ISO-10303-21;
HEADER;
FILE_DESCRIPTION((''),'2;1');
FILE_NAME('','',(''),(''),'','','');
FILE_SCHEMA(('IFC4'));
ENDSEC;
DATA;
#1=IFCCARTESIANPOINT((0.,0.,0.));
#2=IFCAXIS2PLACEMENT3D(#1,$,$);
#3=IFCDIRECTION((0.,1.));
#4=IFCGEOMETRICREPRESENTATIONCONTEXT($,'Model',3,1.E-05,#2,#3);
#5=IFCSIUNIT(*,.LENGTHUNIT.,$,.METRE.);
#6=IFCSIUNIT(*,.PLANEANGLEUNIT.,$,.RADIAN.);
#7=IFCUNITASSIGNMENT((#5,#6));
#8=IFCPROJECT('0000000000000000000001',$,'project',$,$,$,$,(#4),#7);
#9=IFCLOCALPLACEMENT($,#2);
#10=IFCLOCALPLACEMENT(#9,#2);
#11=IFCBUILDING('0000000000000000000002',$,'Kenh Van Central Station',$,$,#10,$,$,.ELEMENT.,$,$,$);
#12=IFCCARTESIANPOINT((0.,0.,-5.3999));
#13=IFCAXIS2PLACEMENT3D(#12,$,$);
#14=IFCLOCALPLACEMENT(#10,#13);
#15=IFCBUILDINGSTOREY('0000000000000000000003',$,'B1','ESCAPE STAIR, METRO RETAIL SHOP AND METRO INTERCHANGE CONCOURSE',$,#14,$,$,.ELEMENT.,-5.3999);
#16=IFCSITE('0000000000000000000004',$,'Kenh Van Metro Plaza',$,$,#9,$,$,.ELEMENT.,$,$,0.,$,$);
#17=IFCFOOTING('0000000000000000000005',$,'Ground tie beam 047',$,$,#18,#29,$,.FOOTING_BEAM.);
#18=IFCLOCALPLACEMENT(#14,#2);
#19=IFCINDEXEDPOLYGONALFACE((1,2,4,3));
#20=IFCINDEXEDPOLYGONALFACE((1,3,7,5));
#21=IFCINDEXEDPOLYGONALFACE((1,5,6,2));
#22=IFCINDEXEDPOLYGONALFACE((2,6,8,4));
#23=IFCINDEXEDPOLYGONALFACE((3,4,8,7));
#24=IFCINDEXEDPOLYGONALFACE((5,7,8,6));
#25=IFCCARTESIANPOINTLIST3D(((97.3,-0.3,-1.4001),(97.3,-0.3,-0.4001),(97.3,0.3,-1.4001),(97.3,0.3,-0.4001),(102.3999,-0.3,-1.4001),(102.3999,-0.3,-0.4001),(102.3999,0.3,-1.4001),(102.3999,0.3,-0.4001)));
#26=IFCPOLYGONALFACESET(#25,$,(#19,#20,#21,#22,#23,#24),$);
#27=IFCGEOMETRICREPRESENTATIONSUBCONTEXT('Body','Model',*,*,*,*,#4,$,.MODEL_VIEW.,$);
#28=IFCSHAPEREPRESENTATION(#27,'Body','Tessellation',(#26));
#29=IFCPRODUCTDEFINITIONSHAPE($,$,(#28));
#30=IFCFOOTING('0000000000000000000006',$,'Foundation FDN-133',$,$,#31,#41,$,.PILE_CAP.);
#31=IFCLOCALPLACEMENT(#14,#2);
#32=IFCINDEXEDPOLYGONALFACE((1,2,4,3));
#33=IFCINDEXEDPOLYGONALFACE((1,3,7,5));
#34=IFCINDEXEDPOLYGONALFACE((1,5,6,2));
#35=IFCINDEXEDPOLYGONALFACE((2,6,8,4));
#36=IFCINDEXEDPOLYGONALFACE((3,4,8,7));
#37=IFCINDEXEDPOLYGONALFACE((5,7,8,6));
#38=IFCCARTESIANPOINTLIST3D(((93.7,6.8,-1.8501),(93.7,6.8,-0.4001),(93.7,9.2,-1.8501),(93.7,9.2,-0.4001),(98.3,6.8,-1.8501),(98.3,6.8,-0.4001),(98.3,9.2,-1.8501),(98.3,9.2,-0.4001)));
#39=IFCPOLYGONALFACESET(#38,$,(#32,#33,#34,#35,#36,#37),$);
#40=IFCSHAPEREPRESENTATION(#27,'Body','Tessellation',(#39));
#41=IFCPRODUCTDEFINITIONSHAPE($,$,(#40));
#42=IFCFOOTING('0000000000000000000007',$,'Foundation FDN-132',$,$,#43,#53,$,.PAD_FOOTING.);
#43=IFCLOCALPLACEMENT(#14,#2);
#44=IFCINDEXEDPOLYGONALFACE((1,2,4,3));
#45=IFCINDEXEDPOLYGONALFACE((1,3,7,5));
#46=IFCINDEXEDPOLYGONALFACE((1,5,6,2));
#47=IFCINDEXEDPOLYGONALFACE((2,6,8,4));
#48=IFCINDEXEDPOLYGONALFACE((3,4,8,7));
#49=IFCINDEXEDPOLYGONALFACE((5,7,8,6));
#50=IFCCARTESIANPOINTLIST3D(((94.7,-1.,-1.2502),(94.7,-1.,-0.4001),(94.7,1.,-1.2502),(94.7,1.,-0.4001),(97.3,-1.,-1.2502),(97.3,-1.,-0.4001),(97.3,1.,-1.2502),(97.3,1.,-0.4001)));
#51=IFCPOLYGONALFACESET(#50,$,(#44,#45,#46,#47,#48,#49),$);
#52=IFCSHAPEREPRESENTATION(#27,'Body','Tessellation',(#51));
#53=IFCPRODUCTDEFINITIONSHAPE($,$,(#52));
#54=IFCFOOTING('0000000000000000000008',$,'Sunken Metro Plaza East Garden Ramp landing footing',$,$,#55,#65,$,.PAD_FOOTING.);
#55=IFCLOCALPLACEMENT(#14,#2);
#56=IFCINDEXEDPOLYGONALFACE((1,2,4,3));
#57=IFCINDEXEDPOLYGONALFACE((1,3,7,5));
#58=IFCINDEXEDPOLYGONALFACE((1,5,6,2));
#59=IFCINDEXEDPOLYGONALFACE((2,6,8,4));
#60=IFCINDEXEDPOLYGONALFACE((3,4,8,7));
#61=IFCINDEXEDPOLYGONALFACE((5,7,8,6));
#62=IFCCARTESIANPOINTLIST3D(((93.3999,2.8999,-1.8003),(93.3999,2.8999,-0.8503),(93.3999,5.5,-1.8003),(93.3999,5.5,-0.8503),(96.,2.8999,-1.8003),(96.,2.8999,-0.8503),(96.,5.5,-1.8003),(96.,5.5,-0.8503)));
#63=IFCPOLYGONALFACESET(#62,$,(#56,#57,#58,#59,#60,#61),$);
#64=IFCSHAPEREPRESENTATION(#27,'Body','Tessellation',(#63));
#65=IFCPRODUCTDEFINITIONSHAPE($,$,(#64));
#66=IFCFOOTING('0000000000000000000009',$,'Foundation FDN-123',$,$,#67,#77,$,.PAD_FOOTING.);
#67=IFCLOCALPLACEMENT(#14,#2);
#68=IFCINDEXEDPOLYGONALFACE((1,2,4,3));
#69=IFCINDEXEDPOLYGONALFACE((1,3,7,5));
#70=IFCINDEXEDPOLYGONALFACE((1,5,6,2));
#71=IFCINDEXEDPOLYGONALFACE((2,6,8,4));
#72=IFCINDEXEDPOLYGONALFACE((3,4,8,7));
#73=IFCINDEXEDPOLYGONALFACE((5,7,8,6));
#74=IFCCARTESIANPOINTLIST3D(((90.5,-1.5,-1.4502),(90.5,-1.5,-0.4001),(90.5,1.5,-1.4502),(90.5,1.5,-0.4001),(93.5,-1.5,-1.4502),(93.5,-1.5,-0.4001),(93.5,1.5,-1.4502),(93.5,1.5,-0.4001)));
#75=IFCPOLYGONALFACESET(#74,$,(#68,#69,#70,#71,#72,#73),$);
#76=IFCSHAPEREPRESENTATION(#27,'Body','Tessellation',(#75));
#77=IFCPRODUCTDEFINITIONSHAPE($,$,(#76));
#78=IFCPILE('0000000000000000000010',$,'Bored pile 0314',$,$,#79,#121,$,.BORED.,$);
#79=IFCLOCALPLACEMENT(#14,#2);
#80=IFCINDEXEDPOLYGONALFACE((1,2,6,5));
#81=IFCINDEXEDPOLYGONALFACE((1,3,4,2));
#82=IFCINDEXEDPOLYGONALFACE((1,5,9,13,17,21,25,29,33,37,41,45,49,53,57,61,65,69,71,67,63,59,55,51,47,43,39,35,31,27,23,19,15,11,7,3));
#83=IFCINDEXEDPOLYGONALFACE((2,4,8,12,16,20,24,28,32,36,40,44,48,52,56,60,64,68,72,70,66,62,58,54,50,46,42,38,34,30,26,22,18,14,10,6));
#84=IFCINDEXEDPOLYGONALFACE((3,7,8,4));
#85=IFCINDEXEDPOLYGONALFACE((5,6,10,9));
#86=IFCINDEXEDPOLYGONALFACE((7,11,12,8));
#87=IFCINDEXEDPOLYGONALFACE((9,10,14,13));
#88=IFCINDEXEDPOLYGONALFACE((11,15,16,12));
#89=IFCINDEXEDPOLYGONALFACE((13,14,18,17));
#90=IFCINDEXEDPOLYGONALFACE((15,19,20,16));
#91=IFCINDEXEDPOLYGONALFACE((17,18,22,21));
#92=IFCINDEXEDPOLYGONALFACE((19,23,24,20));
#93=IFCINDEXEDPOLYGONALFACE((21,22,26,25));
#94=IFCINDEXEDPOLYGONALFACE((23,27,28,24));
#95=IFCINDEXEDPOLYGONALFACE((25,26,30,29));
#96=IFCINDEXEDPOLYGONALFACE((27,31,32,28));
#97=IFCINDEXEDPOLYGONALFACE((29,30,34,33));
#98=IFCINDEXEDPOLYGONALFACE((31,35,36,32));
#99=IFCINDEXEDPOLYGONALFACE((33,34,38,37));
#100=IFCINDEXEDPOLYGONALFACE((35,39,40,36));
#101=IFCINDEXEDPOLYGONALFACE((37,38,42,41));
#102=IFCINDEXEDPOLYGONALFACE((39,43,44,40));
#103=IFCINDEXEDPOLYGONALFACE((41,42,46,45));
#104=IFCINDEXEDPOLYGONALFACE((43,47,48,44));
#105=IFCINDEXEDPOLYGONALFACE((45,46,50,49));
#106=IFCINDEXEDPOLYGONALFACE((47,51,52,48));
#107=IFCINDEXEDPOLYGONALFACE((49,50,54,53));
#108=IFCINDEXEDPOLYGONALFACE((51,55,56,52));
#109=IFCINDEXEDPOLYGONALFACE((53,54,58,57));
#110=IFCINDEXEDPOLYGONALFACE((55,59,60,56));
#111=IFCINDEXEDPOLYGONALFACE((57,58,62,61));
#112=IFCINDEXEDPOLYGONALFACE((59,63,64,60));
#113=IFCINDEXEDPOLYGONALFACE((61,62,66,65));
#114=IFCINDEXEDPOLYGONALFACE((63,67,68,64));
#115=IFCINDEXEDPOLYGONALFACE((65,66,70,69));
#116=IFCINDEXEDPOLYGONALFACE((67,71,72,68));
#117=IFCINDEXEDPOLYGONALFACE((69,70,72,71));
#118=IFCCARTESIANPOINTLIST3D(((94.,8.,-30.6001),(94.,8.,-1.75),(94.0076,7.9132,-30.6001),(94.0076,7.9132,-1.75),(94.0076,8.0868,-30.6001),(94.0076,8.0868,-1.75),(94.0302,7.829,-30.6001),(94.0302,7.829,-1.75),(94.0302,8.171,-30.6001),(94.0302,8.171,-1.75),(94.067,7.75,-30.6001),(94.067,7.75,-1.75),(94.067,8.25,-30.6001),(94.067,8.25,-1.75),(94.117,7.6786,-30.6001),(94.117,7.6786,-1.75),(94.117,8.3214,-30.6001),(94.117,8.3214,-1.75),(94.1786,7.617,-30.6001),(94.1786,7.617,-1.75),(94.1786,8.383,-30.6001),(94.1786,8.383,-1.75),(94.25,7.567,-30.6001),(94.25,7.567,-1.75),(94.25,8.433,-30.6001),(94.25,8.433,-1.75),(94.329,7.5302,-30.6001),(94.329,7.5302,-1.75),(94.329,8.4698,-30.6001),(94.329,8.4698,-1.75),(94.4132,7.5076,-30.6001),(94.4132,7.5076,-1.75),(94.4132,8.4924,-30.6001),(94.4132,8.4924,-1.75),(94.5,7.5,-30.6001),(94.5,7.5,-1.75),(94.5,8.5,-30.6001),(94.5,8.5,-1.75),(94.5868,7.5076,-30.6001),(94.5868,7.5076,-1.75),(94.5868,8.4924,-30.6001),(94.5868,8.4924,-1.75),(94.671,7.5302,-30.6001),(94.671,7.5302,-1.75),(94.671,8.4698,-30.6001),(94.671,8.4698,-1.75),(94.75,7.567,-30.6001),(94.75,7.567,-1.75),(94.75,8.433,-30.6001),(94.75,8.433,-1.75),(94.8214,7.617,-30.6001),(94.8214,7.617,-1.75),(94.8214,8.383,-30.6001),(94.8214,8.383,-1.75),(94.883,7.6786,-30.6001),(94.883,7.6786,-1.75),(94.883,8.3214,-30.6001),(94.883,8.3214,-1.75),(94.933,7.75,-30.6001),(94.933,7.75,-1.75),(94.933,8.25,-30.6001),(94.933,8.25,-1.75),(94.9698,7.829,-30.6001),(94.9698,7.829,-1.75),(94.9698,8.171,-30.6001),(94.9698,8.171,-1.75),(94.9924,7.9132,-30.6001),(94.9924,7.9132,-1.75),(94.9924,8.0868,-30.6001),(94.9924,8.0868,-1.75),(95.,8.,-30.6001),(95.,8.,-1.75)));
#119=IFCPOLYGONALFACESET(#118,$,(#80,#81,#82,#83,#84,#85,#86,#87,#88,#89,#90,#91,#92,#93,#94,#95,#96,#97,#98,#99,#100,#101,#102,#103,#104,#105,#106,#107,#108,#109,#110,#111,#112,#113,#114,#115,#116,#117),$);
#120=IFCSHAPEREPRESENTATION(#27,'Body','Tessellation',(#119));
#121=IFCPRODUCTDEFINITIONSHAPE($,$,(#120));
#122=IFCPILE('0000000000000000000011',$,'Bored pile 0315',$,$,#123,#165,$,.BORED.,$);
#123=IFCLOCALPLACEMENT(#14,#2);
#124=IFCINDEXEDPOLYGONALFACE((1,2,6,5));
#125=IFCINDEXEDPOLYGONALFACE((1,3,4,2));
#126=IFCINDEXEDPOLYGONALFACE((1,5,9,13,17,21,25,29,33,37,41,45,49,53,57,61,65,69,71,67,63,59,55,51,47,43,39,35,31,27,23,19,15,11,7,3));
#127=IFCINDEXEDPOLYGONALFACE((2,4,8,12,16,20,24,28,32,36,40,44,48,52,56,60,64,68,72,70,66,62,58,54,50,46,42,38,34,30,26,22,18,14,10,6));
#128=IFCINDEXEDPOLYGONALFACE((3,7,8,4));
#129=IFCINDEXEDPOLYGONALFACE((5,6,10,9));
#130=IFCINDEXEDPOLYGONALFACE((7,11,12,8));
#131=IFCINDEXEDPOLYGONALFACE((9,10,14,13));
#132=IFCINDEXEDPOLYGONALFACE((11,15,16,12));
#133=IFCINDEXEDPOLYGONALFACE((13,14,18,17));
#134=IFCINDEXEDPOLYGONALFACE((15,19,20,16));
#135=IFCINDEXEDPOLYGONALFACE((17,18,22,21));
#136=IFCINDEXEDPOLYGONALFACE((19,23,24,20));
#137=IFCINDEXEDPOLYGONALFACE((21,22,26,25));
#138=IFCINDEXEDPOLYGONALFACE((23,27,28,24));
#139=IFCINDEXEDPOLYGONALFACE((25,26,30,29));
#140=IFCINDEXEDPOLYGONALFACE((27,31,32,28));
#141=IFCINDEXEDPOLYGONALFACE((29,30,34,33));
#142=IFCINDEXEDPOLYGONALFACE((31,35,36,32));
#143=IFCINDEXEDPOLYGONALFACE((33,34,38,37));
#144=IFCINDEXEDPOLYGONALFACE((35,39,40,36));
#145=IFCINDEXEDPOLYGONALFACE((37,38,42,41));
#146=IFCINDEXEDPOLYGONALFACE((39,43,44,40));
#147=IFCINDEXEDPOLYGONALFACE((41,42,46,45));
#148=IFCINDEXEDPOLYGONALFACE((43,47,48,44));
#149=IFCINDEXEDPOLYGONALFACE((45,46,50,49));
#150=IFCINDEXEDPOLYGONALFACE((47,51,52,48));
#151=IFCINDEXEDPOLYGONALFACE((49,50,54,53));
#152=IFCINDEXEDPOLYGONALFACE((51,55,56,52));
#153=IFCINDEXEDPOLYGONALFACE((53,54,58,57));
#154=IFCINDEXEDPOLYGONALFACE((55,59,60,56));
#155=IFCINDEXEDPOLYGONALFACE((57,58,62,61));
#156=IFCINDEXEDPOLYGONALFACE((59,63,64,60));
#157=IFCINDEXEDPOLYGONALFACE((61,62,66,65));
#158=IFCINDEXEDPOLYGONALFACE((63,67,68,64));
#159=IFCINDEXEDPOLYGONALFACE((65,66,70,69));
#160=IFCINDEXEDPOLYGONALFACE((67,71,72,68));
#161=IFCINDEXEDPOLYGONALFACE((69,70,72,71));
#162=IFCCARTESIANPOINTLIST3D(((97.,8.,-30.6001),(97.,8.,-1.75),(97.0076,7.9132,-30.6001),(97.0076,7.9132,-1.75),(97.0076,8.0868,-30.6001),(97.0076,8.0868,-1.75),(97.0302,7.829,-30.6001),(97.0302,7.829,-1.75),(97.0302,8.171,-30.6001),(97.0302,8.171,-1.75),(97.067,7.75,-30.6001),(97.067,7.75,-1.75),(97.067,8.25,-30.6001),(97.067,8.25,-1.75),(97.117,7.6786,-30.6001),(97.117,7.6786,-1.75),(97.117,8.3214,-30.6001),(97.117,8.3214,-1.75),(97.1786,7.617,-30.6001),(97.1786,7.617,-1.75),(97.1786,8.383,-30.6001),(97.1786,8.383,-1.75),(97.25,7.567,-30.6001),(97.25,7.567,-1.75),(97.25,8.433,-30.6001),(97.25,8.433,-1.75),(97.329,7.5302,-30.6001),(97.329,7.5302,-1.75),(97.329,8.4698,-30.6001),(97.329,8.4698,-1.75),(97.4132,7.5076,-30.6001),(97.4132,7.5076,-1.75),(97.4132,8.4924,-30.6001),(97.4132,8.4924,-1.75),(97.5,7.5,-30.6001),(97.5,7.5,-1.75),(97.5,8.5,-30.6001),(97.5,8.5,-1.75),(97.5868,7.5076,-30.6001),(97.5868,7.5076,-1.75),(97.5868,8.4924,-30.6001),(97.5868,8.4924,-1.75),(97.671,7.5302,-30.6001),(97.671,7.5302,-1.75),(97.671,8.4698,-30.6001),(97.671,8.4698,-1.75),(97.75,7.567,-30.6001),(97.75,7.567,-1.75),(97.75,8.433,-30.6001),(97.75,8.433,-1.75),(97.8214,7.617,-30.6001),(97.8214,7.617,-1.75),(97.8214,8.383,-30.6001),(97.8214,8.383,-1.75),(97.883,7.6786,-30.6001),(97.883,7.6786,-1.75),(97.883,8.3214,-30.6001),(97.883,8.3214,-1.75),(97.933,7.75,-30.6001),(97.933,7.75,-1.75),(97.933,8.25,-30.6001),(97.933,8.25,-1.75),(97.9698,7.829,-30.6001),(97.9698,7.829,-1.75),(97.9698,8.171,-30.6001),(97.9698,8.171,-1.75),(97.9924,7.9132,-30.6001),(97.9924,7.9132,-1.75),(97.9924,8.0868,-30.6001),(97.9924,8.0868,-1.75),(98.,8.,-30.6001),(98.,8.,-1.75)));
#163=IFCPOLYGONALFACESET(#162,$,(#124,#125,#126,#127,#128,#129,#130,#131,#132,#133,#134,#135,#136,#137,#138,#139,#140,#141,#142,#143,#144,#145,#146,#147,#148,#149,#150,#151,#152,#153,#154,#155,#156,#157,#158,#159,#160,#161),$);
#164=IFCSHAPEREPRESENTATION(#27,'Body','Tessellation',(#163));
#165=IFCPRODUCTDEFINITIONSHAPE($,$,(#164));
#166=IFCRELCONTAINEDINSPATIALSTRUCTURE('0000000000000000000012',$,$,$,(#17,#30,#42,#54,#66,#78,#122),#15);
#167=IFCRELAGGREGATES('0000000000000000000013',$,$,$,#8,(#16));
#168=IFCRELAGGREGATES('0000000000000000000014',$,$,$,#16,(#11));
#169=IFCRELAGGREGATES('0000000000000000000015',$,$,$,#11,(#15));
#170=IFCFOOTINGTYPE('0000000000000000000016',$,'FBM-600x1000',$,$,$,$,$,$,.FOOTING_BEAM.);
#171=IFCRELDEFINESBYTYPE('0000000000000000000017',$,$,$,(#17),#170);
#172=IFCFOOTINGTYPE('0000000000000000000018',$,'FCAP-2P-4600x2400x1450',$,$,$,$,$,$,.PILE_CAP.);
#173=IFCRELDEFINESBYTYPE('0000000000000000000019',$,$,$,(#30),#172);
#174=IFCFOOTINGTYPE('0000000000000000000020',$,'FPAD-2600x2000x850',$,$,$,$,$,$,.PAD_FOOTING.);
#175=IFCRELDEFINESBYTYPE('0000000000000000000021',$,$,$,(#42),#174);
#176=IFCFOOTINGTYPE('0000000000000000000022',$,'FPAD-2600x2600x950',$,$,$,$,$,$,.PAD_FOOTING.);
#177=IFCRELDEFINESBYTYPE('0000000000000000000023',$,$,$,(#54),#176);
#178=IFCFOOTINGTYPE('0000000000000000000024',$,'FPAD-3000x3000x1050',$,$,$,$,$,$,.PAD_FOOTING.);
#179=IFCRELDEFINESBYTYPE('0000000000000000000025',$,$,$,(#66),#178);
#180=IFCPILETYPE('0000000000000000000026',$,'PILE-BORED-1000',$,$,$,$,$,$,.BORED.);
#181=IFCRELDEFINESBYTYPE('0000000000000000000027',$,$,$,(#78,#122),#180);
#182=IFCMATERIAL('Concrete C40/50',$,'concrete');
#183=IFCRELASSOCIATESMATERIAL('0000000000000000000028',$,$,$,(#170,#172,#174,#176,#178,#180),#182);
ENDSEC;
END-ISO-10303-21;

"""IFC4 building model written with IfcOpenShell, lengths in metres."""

from ifc_helpers import new_model, si_unit, direction, frame, origin, origin_2d, place, context, subcontext, project, spatial, rectangle, circle, extrude, material, material_profile, profile_set, type_object, element, save


model = new_model("IFC4")

# Units and contexts
model_context = context("Model", 3, precision=1e-05, world=origin(), true_north=direction((0.0, 1.0)))
body_context = subcontext(model_context, "Body", "Model", "MODEL_VIEW")
ifc_project = project(units=[si_unit("LENGTHUNIT", "METRE"), si_unit("PLANEANGLEUNIT", "RADIAN")], contexts=[model_context])

# Site, building, storey
site_placement = place(None, origin())
site = spatial("IfcSite", under=ifc_project, at=site_placement, Name="Kenh Van Metro Plaza", CompositionType="ELEMENT", RefElevation=0.0)
building_placement = place(site_placement, origin())
building = spatial("IfcBuilding", under=site, at=building_placement, Name="Kenh Van Central Station", CompositionType="ELEMENT")
storey_placement = place(building_placement, frame((0.0, 0.0, -5.3999)))
storey = spatial("IfcBuildingStorey", under=building, at=storey_placement, Name="B1", Description="ESCAPE STAIR, METRO RETAIL SHOP AND METRO INTERCHANGE CONCOURSE", CompositionType="ELEMENT", Elevation=-5.3999)

# Footings
ifc_material_1 = material(Name="Concrete C40/50", Category="concrete")
ifc_material_profile_1 = material_profile(ifc_material_1, rectangle(XDim=0.6001, YDim=1.0, at=origin_2d()), Name="RC 600x1000")
ifc_profile_set_1 = profile_set([ifc_material_profile_1], Name="Concrete C40/50")
footing_type_1 = type_object("IfcFootingType", Name="FBM-600x1000", PredefinedType="FOOTING_BEAM", material=ifc_profile_set_1)
footing_1_placement = place(storey_placement, frame((97.3, 0.0, -0.9001), z_axis=(1.0, 0.0, 0.0), x_axis=(0.0, 1.0, 0.0)))
element("IfcFooting", 1, at=footing_1_placement, inside=storey, type_object=footing_type_1, Name="Ground tie beam 047", PredefinedType="FOOTING_BEAM", context=body_context, shape_type="SweptSolid", body=[
    extrude(rectangle(XDim=0.6001, YDim=1.0, at=origin_2d()), origin(), (0.0, 0.0, 1.0), 5.0999),
])
footing_type_2 = type_object("IfcFootingType", Name="FCAP-2P-4600x2400x1450", PredefinedType="PILE_CAP", material=ifc_material_1)
footing_2_placement = place(storey_placement, frame((96.0, 8.0, -1.8501), z_axis=(0.0, 0.0, 1.0), x_axis=(1.0, 0.0, 0.0)))
element("IfcFooting", 2, at=footing_2_placement, inside=storey, type_object=footing_type_2, Name="Foundation FDN-133", PredefinedType="PILE_CAP", context=body_context, shape_type="SweptSolid", body=[
    extrude(rectangle(XDim=4.6001, YDim=2.3999, at=origin_2d()), origin(), (0.0, 0.0, 1.0), 1.45),
])
footing_type_3 = type_object("IfcFootingType", Name="FPAD-2600x2000x850", PredefinedType="PAD_FOOTING", material=ifc_material_1)
footing_3_placement = place(storey_placement, frame((96.0, 0.0, -1.2502), z_axis=(0.0, 0.0, 1.0), x_axis=(1.0, 0.0, 0.0)))
element("IfcFooting", 3, at=footing_3_placement, inside=storey, type_object=footing_type_3, Name="Foundation FDN-132", PredefinedType="PAD_FOOTING", context=body_context, shape_type="SweptSolid", body=[
    extrude(rectangle(XDim=2.6001, YDim=2.0, at=origin_2d()), origin(), (0.0, 0.0, 1.0), 0.8501),
])
footing_type_4 = type_object("IfcFootingType", Name="FPAD-2600x2600x950", PredefinedType="PAD_FOOTING", material=ifc_material_1)
footing_4_placement = place(storey_placement, frame((94.7, 4.2, -1.8003), z_axis=(0.0, 0.0, 1.0), x_axis=(-1.0, 0.0, 0.0)))
element("IfcFooting", 4, at=footing_4_placement, inside=storey, type_object=footing_type_4, Name="Sunken Metro Plaza East Garden Ramp landing footing", PredefinedType="PAD_FOOTING", context=body_context, shape_type="SweptSolid", body=[
    extrude(rectangle(XDim=2.6001, YDim=2.6001, at=origin_2d()), origin(), (0.0, 0.0, 1.0), 0.95),
])
footing_type_5 = type_object("IfcFootingType", Name="FPAD-3000x3000x1050", PredefinedType="PAD_FOOTING", material=ifc_material_1)
footing_5_placement = place(storey_placement, frame((92.0, 0.0, -1.4502), z_axis=(0.0, 0.0, 1.0), x_axis=(1.0, 0.0, 0.0)))
element("IfcFooting", 5, at=footing_5_placement, inside=storey, type_object=footing_type_5, Name="Foundation FDN-123", PredefinedType="PAD_FOOTING", context=body_context, shape_type="SweptSolid", body=[
    extrude(rectangle(XDim=3.0, YDim=3.0, at=origin_2d()), origin(), (0.0, 0.0, 1.0), 1.05),
])

# Piles
ifc_material_profile_2 = material_profile(ifc_material_1, circle(Radius=0.5, at=origin_2d()), Name="PILE D1000")
ifc_profile_set_2 = profile_set([ifc_material_profile_2], Name="Concrete C40/50")
pile_type = type_object("IfcPileType", Name="PILE-BORED-1000", PredefinedType="BORED", material=ifc_profile_set_2)
for number, where, z_axis, x_axis, name in (
    (6, (94.5, 8.0, -1.75), (0.0, 0.0, -1.0), (1.0, 0.0, 0.0), "Bored pile 0314"),
    (7, (97.5, 8.0, -1.75), (0.0, 0.0, -1.0), (1.0, 0.0, 0.0), "Bored pile 0315"),
):
    element("IfcPile", number, at=place(storey_placement, frame(where, z_axis=z_axis, x_axis=x_axis)), inside=storey, type_object=pile_type, Name=name, PredefinedType="BORED", context=body_context, shape_type="SweptSolid", body=[
        extrude(circle(Radius=0.5, at=origin_2d()), origin(), (0.0, 0.0, 1.0), 28.8501),
    ])

save(model, "model.ifc")
